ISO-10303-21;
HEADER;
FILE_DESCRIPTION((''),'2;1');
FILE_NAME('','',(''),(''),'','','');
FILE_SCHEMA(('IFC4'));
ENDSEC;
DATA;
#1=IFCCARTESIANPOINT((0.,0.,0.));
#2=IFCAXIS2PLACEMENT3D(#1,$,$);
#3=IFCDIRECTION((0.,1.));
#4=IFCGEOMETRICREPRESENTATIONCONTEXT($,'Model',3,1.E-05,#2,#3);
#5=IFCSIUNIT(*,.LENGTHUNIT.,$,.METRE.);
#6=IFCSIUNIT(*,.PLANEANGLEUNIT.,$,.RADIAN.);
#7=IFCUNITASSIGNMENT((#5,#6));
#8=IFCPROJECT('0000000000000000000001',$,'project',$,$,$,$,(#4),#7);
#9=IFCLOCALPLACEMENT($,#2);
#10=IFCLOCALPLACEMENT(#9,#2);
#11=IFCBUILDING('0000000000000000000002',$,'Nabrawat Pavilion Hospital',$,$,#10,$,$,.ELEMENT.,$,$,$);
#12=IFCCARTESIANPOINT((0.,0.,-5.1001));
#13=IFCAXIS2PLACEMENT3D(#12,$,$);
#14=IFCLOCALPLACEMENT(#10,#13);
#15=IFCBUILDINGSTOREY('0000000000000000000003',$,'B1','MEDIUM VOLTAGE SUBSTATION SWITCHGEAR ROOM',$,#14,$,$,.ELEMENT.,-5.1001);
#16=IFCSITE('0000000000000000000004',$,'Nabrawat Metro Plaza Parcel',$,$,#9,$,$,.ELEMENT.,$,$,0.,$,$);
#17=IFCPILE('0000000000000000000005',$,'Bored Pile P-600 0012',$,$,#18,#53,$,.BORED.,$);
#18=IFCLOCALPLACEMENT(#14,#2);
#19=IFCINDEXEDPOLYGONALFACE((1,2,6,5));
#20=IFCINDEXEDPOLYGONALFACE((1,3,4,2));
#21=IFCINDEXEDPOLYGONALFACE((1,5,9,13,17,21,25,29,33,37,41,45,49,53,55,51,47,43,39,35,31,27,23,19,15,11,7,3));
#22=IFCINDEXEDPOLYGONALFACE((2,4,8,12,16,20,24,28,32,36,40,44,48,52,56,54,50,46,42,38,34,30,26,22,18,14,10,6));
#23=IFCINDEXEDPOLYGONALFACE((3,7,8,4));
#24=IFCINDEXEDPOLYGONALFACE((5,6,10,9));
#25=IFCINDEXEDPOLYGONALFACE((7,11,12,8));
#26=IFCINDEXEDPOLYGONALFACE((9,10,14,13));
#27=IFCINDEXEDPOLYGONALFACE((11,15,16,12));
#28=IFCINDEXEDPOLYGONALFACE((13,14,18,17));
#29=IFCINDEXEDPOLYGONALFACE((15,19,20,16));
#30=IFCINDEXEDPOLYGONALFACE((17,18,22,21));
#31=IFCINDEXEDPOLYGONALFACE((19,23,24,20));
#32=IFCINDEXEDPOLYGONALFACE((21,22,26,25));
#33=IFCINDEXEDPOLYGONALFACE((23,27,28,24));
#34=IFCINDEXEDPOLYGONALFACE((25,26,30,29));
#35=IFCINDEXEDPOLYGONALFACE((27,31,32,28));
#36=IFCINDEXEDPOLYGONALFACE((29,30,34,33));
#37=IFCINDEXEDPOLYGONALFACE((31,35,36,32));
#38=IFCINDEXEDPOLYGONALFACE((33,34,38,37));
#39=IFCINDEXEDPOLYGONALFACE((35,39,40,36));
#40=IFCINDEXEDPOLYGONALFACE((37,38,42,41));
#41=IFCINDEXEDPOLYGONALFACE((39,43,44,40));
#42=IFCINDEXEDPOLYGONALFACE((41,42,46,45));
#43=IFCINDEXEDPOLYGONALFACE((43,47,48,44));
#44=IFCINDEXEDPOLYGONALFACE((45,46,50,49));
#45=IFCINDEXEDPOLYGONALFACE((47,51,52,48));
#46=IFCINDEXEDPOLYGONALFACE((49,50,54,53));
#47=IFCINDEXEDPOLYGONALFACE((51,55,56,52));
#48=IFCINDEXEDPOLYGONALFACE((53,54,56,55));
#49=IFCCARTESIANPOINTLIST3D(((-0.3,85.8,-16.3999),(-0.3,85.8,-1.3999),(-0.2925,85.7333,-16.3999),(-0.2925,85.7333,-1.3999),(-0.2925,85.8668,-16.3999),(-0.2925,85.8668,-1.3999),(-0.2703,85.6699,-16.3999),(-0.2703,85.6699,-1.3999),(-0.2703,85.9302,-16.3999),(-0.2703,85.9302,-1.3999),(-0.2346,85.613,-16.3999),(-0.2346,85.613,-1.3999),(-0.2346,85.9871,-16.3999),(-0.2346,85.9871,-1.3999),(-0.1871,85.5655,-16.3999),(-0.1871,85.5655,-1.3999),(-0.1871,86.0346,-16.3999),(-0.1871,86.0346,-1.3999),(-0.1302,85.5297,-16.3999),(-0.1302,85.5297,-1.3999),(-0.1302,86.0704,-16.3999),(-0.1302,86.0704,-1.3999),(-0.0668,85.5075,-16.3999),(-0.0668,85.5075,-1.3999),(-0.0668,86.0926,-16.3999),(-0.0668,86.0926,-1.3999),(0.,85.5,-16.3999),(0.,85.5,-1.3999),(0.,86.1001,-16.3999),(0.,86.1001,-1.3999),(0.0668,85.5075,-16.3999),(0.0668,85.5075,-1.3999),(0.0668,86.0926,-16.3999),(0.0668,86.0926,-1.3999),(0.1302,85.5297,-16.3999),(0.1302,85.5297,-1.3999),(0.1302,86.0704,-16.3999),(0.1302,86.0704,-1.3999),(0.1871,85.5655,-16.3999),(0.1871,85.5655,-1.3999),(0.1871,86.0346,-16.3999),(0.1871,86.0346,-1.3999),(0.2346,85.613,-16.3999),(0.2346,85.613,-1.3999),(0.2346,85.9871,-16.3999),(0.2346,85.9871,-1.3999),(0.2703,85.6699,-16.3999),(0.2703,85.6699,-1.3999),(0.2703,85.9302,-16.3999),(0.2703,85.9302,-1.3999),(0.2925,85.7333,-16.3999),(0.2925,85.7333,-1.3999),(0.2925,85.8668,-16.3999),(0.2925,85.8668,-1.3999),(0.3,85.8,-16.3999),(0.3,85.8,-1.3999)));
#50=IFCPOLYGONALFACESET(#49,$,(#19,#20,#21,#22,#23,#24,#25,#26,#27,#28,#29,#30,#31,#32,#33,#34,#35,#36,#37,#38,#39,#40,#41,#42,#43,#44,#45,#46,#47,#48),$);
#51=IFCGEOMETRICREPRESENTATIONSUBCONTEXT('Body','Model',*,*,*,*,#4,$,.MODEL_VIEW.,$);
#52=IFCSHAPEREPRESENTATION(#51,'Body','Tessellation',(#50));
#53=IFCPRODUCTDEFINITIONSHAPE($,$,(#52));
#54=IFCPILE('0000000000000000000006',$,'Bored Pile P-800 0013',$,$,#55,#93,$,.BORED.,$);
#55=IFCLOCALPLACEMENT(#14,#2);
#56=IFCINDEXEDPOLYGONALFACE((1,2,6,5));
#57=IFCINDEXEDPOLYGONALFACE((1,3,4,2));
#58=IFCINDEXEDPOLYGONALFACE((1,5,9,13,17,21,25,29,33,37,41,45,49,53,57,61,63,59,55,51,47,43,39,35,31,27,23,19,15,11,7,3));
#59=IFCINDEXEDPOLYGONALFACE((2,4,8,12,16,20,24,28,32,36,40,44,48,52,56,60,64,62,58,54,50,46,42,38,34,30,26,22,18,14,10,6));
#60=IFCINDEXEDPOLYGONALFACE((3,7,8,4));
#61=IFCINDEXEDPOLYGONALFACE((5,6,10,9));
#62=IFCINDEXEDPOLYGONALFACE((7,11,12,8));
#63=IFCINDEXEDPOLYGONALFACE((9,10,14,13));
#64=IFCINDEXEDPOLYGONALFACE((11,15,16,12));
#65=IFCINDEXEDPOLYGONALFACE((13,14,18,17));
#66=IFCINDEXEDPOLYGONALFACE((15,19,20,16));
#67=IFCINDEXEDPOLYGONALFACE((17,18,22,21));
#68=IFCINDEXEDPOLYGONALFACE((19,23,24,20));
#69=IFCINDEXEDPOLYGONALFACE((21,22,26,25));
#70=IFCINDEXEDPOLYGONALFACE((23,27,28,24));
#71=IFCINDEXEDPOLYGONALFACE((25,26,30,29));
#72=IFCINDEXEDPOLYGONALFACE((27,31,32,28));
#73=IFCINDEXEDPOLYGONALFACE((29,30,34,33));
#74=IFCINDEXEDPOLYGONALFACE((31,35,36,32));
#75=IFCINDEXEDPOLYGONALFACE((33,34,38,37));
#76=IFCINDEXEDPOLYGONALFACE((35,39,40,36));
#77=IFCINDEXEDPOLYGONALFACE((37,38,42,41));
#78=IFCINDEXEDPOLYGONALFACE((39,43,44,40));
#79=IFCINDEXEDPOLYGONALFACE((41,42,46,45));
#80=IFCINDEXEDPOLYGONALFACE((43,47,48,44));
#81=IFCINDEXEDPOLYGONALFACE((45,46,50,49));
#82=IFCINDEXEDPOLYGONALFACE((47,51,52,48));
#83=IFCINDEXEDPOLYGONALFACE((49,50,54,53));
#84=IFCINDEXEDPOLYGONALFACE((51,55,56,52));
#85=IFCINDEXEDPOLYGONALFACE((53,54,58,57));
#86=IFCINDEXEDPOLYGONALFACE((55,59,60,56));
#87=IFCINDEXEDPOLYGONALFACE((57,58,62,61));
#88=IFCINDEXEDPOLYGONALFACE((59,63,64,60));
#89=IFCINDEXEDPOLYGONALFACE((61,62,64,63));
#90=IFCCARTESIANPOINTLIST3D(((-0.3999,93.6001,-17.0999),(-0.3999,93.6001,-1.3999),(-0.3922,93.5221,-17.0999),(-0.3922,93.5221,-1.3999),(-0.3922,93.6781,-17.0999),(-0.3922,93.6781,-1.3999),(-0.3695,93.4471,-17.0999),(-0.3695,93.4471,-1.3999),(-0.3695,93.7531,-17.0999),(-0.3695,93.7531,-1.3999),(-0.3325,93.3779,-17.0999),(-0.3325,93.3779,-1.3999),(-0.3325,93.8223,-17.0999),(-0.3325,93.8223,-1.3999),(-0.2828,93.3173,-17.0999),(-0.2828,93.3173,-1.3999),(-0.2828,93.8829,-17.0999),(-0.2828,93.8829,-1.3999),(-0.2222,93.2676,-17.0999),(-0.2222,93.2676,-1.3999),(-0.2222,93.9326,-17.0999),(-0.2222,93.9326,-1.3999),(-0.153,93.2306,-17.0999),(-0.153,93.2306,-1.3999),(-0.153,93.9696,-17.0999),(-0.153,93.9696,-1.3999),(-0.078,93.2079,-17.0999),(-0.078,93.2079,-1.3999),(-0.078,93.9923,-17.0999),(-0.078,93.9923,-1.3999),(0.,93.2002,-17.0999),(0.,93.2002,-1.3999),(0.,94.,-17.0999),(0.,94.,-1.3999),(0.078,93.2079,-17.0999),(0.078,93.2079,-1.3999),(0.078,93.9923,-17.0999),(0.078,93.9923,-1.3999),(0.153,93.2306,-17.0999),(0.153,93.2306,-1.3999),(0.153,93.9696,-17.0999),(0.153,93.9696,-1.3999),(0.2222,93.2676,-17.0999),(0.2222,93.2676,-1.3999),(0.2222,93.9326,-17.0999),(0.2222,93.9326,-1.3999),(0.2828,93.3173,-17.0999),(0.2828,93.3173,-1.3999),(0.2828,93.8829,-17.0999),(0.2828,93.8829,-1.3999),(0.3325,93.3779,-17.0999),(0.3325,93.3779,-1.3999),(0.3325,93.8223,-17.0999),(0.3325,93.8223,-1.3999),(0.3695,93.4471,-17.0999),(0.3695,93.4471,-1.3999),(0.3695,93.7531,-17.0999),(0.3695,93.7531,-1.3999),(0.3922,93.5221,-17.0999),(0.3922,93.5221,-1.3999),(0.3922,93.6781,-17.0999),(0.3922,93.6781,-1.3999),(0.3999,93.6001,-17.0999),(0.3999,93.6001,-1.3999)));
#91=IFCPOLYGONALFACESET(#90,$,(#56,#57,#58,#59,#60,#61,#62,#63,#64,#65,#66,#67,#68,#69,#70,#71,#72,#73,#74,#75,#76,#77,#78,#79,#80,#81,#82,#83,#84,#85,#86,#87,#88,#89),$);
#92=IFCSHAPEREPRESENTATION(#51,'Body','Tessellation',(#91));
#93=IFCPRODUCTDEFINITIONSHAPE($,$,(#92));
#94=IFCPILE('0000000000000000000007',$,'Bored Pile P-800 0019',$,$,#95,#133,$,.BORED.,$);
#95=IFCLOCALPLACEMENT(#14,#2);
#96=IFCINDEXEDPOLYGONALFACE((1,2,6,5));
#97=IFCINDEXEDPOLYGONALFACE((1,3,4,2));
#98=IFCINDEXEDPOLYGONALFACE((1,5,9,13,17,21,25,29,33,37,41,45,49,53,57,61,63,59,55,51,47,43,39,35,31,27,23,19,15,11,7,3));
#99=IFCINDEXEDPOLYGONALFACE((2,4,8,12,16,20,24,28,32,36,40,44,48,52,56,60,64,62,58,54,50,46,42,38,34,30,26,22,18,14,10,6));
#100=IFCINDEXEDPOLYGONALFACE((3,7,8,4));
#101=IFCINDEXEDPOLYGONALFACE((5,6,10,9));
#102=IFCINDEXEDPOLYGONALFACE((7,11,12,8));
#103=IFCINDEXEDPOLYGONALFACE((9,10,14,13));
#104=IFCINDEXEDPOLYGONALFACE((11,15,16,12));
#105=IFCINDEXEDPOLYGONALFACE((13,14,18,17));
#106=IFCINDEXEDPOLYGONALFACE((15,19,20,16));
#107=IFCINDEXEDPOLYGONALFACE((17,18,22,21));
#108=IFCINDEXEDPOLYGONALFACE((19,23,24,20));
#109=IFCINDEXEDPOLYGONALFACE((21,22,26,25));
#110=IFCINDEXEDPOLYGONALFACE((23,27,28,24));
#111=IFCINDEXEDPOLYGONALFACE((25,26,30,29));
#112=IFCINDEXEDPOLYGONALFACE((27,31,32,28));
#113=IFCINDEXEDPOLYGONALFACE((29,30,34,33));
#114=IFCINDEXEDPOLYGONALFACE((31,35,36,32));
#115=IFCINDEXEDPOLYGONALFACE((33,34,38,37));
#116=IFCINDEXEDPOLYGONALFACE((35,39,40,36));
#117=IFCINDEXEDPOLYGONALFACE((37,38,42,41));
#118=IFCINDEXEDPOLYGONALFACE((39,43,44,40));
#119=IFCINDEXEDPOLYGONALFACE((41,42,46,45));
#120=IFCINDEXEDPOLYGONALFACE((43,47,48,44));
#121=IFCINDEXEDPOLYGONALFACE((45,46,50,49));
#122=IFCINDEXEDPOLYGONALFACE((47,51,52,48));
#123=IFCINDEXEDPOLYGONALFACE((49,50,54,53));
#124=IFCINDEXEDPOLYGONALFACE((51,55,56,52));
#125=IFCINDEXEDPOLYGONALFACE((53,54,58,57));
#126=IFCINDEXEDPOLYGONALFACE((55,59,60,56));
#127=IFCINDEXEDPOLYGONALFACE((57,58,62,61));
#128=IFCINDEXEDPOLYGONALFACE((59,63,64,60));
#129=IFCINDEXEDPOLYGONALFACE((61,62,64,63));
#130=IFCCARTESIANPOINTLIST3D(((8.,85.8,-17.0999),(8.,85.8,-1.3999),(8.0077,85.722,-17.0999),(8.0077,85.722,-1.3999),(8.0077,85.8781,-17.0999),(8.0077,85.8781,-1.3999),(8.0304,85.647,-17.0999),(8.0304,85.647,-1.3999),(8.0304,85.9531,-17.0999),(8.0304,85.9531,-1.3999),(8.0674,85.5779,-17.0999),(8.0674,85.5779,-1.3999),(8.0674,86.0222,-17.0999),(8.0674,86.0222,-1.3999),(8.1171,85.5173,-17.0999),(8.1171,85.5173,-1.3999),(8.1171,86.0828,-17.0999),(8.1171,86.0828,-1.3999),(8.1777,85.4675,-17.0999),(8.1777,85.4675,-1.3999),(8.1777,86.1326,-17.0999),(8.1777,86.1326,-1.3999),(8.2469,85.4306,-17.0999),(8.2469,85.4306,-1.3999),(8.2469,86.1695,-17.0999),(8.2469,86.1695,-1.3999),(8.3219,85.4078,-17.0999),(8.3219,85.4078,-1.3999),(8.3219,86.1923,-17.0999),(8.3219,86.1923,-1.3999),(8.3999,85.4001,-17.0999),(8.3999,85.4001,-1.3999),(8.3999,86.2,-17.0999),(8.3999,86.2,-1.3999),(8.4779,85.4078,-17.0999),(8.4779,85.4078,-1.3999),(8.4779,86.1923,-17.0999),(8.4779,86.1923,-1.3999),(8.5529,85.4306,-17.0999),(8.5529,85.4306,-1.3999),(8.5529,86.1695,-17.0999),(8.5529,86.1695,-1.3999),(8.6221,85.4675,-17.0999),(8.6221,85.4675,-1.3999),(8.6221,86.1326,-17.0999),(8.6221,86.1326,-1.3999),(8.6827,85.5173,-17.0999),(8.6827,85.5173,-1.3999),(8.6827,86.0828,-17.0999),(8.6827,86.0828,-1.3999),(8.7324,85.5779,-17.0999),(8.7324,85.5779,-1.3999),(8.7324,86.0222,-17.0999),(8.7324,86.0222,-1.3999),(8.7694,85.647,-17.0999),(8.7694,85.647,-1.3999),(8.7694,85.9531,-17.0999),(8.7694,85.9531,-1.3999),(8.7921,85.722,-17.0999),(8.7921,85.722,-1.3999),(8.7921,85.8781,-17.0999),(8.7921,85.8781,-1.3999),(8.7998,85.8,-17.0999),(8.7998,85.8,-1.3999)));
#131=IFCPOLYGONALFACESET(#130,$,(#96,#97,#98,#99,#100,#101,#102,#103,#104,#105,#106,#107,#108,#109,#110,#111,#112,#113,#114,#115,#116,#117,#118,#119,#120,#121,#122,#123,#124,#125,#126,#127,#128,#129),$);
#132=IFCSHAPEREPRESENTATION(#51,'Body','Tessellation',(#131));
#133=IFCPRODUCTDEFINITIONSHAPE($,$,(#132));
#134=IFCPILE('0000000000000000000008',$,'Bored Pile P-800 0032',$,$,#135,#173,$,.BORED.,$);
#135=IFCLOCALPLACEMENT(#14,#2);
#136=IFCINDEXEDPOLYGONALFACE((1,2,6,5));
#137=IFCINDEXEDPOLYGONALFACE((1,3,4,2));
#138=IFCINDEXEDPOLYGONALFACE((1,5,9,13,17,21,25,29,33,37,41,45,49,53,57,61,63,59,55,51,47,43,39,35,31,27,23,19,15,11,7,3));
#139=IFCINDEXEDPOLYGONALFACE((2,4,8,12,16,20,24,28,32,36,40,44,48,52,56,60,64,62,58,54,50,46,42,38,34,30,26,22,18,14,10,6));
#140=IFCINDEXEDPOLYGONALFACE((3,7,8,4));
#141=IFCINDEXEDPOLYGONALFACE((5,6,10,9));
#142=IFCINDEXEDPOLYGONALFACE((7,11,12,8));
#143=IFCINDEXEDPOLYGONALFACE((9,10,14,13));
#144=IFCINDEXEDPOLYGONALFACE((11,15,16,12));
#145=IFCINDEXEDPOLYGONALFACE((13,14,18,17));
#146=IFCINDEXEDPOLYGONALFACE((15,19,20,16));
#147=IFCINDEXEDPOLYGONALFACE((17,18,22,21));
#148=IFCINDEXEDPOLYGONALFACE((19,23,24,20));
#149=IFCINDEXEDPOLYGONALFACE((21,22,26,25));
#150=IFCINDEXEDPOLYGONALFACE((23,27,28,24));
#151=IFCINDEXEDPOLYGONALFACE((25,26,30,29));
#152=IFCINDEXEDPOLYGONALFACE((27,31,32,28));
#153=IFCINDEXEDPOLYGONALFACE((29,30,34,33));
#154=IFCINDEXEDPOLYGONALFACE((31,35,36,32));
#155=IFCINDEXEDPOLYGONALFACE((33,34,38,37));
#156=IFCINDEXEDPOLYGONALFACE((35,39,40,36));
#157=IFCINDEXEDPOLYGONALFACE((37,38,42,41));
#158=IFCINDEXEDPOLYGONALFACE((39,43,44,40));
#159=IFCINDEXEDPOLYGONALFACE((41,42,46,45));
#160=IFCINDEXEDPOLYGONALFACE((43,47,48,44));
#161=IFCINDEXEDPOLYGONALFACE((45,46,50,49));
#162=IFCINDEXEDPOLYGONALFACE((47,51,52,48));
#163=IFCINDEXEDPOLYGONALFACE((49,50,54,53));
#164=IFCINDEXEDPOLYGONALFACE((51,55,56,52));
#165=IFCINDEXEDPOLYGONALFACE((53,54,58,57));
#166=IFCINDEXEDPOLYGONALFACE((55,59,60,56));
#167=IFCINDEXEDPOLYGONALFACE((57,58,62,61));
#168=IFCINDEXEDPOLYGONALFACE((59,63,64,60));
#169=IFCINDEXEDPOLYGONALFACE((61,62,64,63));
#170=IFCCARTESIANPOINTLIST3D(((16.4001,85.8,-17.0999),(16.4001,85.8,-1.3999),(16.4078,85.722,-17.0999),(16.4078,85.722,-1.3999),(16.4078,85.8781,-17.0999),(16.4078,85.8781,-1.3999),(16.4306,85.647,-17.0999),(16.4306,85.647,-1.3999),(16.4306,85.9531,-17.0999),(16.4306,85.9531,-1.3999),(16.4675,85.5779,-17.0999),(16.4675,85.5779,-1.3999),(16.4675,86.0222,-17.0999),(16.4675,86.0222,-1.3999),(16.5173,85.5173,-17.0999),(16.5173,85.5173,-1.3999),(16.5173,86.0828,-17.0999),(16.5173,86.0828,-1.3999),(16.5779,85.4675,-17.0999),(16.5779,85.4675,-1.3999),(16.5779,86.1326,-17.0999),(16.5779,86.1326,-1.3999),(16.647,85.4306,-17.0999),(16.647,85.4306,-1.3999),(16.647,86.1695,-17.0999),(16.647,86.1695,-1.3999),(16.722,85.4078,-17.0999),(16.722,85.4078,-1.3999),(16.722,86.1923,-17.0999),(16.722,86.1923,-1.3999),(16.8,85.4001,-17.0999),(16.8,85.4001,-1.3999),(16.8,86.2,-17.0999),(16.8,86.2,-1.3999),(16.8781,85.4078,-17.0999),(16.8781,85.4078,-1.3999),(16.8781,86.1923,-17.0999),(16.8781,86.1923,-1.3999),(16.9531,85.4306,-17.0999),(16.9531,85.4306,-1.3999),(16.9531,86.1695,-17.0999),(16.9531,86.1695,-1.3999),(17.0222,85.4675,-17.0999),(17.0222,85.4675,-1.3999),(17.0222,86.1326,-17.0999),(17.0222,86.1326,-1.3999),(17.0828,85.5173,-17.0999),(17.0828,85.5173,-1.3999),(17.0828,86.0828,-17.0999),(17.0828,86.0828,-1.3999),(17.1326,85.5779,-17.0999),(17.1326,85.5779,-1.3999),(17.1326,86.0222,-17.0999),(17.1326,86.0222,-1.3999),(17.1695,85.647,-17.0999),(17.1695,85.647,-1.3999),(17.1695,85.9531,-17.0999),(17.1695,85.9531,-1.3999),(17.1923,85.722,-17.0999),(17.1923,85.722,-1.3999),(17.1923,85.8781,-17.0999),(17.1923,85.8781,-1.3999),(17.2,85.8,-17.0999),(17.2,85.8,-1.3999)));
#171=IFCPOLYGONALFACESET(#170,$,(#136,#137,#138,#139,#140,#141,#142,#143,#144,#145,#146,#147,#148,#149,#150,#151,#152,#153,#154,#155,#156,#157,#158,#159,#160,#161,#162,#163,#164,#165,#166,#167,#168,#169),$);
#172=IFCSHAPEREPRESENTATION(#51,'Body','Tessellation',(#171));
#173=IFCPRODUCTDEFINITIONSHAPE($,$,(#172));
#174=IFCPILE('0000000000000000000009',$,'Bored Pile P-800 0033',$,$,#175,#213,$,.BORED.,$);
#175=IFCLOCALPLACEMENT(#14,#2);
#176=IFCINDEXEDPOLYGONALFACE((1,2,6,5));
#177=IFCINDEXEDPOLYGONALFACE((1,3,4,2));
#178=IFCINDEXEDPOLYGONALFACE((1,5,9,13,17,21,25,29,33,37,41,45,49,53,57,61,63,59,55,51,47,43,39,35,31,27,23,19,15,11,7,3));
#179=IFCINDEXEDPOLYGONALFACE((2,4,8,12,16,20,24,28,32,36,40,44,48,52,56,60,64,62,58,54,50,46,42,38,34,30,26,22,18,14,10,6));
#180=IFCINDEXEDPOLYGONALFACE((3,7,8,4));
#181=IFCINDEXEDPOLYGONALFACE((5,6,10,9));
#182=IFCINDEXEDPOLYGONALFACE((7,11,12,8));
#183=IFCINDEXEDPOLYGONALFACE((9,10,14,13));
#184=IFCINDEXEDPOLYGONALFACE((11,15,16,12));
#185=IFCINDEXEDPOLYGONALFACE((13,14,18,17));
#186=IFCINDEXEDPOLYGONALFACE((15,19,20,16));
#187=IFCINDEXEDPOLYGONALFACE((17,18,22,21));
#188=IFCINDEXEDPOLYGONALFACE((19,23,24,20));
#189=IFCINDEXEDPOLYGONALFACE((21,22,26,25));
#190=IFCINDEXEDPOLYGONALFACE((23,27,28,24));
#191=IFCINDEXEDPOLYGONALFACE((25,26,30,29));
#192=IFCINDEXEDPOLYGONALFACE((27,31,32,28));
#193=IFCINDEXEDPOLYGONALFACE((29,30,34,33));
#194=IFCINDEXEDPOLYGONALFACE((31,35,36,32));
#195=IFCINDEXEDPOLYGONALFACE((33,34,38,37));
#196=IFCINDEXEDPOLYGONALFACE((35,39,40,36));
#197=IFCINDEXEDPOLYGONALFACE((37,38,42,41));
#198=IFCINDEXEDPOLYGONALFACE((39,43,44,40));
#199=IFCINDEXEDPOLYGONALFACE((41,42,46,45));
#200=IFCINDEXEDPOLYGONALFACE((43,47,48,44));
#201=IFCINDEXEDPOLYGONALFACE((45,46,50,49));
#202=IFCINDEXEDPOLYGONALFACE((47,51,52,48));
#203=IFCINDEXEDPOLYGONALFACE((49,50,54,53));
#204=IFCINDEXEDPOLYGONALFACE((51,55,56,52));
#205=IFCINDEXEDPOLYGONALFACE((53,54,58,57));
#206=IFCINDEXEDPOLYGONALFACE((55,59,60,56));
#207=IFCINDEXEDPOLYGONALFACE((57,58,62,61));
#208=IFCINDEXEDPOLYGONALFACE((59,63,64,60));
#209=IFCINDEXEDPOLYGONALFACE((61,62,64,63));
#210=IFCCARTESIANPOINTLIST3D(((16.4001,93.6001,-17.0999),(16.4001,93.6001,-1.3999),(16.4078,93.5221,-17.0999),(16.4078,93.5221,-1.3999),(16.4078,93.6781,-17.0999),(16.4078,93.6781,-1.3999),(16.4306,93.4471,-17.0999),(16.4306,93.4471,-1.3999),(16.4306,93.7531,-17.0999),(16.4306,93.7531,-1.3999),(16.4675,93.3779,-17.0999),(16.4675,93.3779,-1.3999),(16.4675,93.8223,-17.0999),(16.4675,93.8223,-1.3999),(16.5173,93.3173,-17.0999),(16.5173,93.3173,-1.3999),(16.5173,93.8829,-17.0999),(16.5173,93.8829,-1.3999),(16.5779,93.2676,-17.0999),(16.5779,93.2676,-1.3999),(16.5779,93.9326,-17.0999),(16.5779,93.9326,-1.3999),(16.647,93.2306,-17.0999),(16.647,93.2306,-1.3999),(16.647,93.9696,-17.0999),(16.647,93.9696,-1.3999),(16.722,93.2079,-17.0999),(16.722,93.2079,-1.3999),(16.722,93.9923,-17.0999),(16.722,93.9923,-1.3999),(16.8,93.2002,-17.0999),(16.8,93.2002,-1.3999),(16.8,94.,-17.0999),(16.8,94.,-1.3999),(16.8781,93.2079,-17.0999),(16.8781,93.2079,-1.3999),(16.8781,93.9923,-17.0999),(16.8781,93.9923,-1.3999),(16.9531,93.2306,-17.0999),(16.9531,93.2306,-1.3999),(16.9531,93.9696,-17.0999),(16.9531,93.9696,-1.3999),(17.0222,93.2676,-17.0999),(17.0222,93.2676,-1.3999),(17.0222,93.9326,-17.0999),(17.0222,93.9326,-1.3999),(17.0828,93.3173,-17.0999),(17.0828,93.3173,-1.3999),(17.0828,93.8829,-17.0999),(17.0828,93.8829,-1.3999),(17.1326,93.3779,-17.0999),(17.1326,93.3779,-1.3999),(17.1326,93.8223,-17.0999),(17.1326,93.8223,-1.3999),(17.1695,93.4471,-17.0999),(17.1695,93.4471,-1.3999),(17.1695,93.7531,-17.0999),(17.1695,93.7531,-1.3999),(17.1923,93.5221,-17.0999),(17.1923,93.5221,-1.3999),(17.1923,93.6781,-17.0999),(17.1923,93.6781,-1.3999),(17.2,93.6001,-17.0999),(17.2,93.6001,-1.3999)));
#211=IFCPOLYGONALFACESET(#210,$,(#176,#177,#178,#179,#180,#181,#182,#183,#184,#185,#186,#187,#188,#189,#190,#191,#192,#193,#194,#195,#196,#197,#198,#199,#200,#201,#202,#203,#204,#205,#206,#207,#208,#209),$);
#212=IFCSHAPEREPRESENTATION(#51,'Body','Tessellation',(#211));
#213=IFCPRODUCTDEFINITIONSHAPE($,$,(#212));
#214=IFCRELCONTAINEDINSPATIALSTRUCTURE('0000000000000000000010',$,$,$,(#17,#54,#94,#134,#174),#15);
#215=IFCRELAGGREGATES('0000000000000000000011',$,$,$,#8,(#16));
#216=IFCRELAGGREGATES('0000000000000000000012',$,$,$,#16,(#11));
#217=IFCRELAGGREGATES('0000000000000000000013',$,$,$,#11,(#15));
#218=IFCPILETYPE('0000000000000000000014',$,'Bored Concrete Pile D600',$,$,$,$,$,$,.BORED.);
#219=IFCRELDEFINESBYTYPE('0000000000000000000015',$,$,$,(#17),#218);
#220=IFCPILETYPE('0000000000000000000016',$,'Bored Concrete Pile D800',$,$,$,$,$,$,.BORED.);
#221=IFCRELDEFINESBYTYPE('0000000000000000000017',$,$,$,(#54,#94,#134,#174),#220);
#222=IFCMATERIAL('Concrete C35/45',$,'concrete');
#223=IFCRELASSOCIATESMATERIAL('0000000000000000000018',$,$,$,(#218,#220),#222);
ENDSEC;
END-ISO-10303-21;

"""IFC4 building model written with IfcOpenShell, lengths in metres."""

from ifc_helpers import new_model, si_unit, direction, frame, origin, origin_2d, place, context, subcontext, project, spatial, circle, extrude, material, material_profile, profile_set, type_object, element, save


model = new_model("IFC4")

# Units and contexts
model_context = context("Model", 3, precision=1e-05, world=origin(), true_north=direction((0.0, 1.0)))
body_context = subcontext(model_context, "Body", "Model", "MODEL_VIEW")
ifc_project = project(units=[si_unit("LENGTHUNIT", "METRE"), si_unit("PLANEANGLEUNIT", "RADIAN")], contexts=[model_context])

# Site, building, storey
site_placement = place(None, origin())
site = spatial("IfcSite", under=ifc_project, at=site_placement, Name="Nabrawat Metro Plaza Parcel", CompositionType="ELEMENT", RefElevation=0.0)
building_placement = place(site_placement, origin())
building = spatial("IfcBuilding", under=site, at=building_placement, Name="Nabrawat Pavilion Hospital", CompositionType="ELEMENT")
storey_placement = place(building_placement, frame((0.0, 0.0, -5.1001)))
storey = spatial("IfcBuildingStorey", under=building, at=storey_placement, Name="B1", Description="MEDIUM VOLTAGE SUBSTATION SWITCHGEAR ROOM", CompositionType="ELEMENT", Elevation=-5.1001)

# Piles
ifc_material_1 = material(Name="Concrete C35/45", Category="concrete")
ifc_material_profile_1 = material_profile(ifc_material_1, circle(Radius=0.3, at=origin_2d()), Name="DIA 600")
ifc_profile_set_1 = profile_set([ifc_material_profile_1], Name="Concrete C35/45")
pile_type_1 = type_object("IfcPileType", Name="Bored Concrete Pile D600", PredefinedType="BORED", material=ifc_profile_set_1)
pile_1_placement = place(storey_placement, frame((0.0, 85.8, -1.3999), z_axis=(0.0, 0.0, -1.0), x_axis=(1.0, 0.0, 0.0)))
element("IfcPile", 1, at=pile_1_placement, inside=storey, type_object=pile_type_1, Name="Bored Pile P-600 0012", PredefinedType="BORED", context=body_context, shape_type="SweptSolid", body=[
    extrude(circle(Radius=0.3, at=origin_2d()), origin(), (0.0, 0.0, 1.0), 15.0),
])
ifc_material_profile_2 = material_profile(ifc_material_1, circle(Radius=0.3999, at=origin_2d()), Name="DIA 800")
ifc_profile_set_2 = profile_set([ifc_material_profile_2], Name="Concrete C35/45")
pile_type_2 = type_object("IfcPileType", Name="Bored Concrete Pile D800", PredefinedType="BORED", material=ifc_profile_set_2)
for number, where, z_axis, x_axis, name in (
    (2, (0.0, 93.6001, -1.3999), (0.0, 0.0, -1.0), (1.0, 0.0, 0.0), "Bored Pile P-800 0013"),
    (3, (8.3999, 85.8, -1.3999), (0.0, 0.0, -1.0), (1.0, 0.0, 0.0), "Bored Pile P-800 0019"),
    (4, (16.8, 85.8, -1.3999), (0.0, 0.0, -1.0), (1.0, 0.0, 0.0), "Bored Pile P-800 0032"),
    (5, (16.8, 93.6001, -1.3999), (0.0, 0.0, -1.0), (1.0, 0.0, 0.0), "Bored Pile P-800 0033"),
):
    element("IfcPile", number, at=place(storey_placement, frame(where, z_axis=z_axis, x_axis=x_axis)), inside=storey, type_object=pile_type_2, Name=name, PredefinedType="BORED", context=body_context, shape_type="SweptSolid", body=[
        extrude(circle(Radius=0.3999, at=origin_2d()), origin(), (0.0, 0.0, 1.0), 15.7),
    ])

save(model, "model.ifc")
